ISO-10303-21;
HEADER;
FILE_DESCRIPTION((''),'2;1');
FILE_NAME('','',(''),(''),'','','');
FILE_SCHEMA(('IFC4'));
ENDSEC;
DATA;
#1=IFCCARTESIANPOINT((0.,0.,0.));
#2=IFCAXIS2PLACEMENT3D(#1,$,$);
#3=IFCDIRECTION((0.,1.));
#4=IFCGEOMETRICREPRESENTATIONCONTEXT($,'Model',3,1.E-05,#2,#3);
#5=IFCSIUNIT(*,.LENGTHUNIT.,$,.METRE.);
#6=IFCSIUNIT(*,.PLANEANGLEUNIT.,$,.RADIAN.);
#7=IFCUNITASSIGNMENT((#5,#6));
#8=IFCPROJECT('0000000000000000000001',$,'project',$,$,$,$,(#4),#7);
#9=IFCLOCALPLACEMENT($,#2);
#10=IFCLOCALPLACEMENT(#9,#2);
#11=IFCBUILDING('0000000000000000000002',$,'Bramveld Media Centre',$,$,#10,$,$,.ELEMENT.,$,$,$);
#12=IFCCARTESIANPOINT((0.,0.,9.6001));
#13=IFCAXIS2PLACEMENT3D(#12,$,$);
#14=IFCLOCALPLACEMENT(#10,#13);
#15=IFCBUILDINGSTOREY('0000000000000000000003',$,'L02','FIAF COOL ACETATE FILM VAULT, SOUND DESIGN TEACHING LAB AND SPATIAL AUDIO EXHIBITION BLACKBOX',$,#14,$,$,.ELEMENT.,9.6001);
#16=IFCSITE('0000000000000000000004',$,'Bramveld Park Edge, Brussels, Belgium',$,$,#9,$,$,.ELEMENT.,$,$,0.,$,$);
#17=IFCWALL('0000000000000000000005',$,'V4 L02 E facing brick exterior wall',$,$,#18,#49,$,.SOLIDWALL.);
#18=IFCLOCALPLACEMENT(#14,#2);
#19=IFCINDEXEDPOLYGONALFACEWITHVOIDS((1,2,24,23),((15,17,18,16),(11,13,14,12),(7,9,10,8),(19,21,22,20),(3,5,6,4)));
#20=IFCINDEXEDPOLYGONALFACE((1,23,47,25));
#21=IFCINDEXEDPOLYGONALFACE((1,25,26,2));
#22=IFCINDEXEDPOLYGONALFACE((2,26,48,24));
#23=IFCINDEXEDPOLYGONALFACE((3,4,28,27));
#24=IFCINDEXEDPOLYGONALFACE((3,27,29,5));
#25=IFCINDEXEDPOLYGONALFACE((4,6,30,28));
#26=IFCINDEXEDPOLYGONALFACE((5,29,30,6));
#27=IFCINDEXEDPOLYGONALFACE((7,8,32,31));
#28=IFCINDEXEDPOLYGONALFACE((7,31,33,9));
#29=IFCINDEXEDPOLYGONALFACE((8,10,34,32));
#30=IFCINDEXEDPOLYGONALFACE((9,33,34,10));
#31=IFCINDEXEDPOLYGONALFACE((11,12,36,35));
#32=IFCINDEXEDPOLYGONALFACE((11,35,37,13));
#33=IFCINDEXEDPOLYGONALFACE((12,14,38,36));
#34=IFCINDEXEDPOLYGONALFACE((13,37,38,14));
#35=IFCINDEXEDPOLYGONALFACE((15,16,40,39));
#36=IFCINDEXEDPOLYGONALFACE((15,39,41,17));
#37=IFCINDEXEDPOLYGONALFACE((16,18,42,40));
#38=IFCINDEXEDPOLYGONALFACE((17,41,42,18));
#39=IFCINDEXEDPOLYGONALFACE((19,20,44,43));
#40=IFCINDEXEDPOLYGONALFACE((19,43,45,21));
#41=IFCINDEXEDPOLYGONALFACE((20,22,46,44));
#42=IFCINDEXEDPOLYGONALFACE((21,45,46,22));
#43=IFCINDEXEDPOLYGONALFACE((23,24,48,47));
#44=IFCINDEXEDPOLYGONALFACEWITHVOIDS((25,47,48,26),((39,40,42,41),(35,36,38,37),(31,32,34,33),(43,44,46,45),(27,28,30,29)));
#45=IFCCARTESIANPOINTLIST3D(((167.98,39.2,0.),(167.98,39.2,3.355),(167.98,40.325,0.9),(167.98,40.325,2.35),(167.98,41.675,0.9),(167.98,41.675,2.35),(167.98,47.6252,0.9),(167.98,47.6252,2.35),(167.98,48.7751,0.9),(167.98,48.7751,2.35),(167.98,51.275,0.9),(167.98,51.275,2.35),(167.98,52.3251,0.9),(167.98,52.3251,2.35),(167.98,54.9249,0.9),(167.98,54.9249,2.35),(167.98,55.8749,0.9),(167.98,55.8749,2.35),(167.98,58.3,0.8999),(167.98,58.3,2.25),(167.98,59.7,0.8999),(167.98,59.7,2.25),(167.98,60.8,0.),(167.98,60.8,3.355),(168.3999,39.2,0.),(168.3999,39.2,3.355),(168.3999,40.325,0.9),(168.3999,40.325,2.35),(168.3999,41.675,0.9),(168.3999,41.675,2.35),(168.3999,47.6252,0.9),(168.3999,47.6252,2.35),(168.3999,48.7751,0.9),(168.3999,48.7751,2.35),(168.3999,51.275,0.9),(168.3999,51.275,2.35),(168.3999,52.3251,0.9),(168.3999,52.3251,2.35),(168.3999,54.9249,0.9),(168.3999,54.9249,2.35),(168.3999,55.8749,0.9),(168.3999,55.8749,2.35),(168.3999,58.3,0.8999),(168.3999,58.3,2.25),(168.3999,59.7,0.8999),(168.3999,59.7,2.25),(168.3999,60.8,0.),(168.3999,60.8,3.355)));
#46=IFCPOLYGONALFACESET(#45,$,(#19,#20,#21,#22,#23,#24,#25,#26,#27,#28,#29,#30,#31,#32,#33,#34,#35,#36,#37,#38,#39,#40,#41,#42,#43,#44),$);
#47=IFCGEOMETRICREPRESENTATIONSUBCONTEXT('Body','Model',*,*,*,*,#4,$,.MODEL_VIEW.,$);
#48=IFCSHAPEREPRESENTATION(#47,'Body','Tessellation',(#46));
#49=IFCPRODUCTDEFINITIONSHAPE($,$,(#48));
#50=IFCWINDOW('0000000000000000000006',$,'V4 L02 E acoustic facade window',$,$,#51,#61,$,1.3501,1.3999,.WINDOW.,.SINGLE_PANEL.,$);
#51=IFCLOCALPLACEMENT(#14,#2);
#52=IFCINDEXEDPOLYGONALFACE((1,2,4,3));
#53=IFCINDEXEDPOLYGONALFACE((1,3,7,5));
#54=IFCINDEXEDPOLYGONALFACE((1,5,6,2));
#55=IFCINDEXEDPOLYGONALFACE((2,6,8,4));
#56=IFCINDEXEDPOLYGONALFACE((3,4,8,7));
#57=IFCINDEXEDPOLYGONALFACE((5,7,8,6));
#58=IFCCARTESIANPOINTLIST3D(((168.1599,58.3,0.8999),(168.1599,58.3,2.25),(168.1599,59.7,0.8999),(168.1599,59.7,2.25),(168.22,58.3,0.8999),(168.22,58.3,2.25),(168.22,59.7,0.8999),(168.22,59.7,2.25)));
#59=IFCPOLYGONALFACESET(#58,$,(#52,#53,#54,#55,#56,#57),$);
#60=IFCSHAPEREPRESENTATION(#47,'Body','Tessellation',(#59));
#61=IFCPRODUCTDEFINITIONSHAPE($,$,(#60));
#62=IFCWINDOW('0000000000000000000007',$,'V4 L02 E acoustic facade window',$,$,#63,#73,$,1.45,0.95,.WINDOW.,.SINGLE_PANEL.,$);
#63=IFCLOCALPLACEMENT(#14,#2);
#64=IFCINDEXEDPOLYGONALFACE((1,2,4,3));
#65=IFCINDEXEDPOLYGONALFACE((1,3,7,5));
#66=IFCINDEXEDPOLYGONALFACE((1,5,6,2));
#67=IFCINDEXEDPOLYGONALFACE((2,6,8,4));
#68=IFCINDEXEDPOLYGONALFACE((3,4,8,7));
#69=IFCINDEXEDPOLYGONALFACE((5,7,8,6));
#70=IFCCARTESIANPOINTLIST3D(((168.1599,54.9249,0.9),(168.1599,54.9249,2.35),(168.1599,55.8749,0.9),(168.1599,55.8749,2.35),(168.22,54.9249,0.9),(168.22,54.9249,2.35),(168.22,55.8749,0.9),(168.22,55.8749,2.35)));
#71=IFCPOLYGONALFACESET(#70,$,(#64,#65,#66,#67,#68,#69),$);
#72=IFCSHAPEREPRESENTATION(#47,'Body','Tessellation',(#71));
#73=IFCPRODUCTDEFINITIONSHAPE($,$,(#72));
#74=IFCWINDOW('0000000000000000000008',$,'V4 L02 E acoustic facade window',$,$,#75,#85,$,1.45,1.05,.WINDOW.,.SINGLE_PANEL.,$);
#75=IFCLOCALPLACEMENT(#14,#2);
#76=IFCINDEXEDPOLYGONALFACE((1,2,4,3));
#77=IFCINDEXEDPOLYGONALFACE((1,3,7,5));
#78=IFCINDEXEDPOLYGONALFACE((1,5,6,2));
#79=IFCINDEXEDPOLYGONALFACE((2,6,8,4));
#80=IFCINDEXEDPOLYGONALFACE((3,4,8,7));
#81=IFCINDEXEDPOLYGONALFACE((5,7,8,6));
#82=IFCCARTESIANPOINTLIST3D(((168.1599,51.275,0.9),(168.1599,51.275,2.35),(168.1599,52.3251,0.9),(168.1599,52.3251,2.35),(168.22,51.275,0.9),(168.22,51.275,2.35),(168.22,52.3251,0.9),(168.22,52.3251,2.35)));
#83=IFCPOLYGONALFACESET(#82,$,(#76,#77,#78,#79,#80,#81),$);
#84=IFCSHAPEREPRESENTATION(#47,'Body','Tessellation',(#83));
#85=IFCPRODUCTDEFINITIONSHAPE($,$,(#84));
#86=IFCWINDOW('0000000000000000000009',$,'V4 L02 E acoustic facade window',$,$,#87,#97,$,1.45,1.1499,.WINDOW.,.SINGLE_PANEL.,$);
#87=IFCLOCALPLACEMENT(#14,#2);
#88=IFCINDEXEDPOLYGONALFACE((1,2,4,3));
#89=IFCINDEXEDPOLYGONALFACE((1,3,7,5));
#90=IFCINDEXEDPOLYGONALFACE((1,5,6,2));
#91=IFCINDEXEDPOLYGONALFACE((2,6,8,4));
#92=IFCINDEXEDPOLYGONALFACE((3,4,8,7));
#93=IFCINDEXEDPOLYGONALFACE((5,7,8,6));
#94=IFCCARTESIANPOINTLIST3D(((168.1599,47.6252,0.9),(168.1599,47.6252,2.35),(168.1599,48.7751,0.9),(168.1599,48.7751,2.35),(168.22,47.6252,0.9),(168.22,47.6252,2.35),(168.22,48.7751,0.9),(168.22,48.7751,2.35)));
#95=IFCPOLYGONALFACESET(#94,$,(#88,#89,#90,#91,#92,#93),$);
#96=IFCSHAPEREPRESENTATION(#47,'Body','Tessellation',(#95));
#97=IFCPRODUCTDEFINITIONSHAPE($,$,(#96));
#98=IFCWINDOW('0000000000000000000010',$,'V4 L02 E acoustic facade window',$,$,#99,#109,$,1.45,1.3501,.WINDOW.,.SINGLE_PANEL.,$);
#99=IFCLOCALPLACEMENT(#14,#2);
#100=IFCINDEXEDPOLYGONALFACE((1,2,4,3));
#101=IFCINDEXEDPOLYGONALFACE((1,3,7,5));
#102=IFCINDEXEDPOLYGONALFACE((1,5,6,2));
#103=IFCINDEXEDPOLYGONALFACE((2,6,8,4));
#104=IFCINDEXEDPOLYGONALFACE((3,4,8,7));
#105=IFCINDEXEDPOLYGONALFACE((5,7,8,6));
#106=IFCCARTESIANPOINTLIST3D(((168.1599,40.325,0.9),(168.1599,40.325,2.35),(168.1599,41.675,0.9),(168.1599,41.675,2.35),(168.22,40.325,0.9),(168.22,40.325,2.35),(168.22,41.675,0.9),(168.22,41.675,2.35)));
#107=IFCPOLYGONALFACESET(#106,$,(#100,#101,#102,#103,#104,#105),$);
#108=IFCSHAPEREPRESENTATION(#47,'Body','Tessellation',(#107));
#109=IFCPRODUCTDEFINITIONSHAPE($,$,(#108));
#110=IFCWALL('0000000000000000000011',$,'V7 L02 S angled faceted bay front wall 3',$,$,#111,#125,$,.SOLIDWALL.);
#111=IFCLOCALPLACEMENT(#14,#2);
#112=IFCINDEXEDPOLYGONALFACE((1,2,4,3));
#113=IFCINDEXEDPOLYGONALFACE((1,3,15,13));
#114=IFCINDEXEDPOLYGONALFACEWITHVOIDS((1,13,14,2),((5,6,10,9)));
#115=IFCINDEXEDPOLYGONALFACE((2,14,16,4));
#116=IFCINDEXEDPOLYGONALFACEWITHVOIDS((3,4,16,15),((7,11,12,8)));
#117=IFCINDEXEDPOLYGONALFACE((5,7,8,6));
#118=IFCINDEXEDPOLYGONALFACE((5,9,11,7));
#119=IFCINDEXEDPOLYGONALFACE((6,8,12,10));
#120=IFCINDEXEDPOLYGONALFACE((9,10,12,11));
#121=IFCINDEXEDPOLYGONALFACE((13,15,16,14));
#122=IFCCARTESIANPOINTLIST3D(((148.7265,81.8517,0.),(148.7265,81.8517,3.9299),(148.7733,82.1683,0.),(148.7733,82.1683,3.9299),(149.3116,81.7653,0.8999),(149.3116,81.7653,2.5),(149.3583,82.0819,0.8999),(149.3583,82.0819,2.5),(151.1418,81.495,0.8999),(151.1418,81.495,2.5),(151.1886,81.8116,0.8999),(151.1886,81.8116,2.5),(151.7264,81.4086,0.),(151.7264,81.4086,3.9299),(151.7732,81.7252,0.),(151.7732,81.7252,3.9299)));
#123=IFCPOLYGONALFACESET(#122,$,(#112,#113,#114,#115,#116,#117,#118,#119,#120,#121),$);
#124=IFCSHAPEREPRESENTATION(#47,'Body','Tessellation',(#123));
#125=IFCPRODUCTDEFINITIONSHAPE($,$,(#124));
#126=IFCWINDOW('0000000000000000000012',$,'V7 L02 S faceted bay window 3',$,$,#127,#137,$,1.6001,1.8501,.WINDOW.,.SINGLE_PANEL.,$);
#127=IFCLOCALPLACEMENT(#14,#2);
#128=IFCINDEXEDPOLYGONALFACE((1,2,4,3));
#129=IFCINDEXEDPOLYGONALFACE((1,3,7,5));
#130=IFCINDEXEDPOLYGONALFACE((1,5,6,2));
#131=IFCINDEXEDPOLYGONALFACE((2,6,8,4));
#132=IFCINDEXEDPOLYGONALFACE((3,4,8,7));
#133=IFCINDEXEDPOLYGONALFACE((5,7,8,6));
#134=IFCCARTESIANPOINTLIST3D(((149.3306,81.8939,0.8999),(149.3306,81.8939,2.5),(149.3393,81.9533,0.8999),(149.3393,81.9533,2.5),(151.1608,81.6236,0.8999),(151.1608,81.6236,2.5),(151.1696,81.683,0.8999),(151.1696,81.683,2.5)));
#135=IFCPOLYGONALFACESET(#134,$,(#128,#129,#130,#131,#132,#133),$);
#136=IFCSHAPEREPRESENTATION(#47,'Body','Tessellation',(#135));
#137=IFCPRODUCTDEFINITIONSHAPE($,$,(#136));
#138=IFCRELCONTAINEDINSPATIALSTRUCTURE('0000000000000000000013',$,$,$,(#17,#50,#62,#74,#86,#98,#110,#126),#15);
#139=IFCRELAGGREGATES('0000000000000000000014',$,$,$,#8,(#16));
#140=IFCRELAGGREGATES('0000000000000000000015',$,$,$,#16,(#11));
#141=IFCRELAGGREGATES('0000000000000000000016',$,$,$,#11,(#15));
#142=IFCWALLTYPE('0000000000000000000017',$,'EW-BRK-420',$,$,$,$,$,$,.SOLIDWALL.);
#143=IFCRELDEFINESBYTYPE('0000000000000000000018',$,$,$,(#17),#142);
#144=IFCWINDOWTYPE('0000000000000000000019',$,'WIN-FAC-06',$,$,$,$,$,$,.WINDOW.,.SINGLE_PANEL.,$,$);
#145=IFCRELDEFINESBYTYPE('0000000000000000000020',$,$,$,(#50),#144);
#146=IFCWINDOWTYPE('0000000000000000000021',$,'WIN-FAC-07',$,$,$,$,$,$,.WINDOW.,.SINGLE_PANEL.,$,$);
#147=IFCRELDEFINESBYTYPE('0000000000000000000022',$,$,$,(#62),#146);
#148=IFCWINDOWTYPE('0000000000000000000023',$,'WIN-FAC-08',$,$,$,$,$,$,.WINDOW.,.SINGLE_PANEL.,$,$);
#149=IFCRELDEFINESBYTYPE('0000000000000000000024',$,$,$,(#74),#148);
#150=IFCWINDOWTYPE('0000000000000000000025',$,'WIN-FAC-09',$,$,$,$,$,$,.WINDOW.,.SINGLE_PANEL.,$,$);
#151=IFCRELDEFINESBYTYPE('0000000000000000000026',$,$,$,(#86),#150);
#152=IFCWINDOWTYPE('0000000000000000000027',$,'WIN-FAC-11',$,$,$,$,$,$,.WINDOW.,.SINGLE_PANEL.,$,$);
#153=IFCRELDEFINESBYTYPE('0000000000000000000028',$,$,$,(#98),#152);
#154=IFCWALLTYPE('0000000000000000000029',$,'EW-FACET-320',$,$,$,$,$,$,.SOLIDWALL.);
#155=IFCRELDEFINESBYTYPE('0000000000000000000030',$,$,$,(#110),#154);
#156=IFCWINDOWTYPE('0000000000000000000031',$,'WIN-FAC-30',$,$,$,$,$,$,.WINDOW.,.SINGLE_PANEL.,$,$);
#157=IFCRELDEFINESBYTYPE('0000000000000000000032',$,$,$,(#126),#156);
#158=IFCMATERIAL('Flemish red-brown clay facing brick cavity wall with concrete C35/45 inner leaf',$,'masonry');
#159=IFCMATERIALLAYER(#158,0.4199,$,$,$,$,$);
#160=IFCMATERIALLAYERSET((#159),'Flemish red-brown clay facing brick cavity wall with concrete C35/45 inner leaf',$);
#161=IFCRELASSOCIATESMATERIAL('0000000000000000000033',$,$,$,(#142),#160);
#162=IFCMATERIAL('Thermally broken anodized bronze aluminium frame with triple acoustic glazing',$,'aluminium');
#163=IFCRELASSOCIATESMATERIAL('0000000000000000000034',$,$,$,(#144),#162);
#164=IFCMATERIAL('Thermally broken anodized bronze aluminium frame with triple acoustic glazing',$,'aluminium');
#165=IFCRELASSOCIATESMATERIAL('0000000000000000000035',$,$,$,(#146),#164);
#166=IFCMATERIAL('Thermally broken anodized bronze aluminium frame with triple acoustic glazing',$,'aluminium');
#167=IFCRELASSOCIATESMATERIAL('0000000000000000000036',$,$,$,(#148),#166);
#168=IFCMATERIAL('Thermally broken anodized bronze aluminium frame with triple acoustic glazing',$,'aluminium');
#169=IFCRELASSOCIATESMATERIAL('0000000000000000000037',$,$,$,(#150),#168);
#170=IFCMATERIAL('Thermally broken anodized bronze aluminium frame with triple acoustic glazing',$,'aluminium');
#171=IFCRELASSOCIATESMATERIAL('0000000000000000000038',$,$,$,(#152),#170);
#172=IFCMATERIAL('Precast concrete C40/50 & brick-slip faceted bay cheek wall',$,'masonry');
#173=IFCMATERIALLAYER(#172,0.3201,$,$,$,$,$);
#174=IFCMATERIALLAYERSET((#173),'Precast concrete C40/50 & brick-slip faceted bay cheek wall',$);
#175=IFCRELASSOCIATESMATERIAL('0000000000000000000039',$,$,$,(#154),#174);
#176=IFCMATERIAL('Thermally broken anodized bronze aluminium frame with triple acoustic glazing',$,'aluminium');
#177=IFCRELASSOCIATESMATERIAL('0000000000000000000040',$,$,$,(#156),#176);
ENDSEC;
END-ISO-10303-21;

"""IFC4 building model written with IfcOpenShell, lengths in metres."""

from ifc_helpers import new_model, si_unit, direction, frame, frame_2d, origin, place, context, subcontext, project, spatial, rectangle, extrude, material, layer, layer_set, type_object, element, fill, save


model = new_model("IFC4")

# Units and contexts
model_context = context("Model", 3, precision=1e-05, world=origin(), true_north=direction((0.0, 1.0)))
body_context = subcontext(model_context, "Body", "Model", "MODEL_VIEW")
ifc_project = project(units=[si_unit("LENGTHUNIT", "METRE"), si_unit("PLANEANGLEUNIT", "RADIAN")], contexts=[model_context])

# Site, building, storey
site_placement = place(None, origin())
site = spatial("IfcSite", under=ifc_project, at=site_placement, Name="Bramveld Park Edge, Brussels, Belgium", CompositionType="ELEMENT", RefElevation=0.0)
building_placement = place(site_placement, origin())
building = spatial("IfcBuilding", under=site, at=building_placement, Name="Bramveld Media Centre", CompositionType="ELEMENT")
storey_placement = place(building_placement, frame((0.0, 0.0, 9.6001)))
storey = spatial("IfcBuildingStorey", under=building, at=storey_placement, Name="L02", Description="FIAF COOL ACETATE FILM VAULT, SOUND DESIGN TEACHING LAB AND SPATIAL AUDIO EXHIBITION BLACKBOX", CompositionType="ELEMENT", Elevation=9.6001)

# Wall, openings, windows
ifc_material_1 = material(Name="Flemish red-brown clay facing brick cavity wall with concrete C35/45 inner leaf", Category="masonry")
ifc_layer_1 = layer(ifc_material_1, 0.4199)
ifc_layer_set_1 = layer_set([ifc_layer_1], Name="Flemish red-brown clay facing brick cavity wall with concrete C35/45 inner leaf")
wall_type_1 = type_object("IfcWallType", Name="EW-BRK-420", PredefinedType="SOLIDWALL", material=ifc_layer_set_1)
wall_1_placement = place(storey_placement, frame((168.1899, 60.8, 0.0), z_axis=(0.0, 0.0, 1.0), x_axis=(0.0, -1.0, 0.0)))
wall_1 = element("IfcWall", 1, at=wall_1_placement, inside=storey, type_object=wall_type_1, Name="V4 L02 E facing brick exterior wall", PredefinedType="SOLIDWALL", context=body_context, shape_type="SweptSolid", body=[
    extrude(rectangle(XDim=21.6001, YDim=0.4199, at=frame_2d((10.8, 0.0))), origin(), (0.0, 0.0, 1.0), 3.355),
])
opening_1_placement = place(wall_1_placement, frame((1.1001, 0.0, 0.8999)))
opening_1 = element("IfcOpeningElement", 2, at=opening_1_placement, cuts=wall_1, PredefinedType="OPENING", context=body_context, shape_type="SweptSolid", body=[
    extrude(rectangle(XDim=1.3999, YDim=1.3501, at=frame_2d((0.7, 0.675))), frame((0.0, 0.2219, 0.0), z_axis=(0.0, -1.0, 0.0), x_axis=(1.0, 0.0, 0.0)), (0.0, 0.0, 1.0), 0.4438),
])
opening_2_placement = place(wall_1_placement, frame((4.925, 0.0, 0.8999)))
opening_2 = element("IfcOpeningElement", 3, at=opening_2_placement, cuts=wall_1, PredefinedType="OPENING", context=body_context, shape_type="SweptSolid", body=[
    extrude(rectangle(XDim=0.95, YDim=1.45, at=frame_2d((0.4751, 0.7251))), frame((0.0, 0.2219, 0.0), z_axis=(0.0, -1.0, 0.0), x_axis=(1.0, 0.0, 0.0)), (0.0, 0.0, 1.0), 0.4438),
])
opening_3_placement = place(wall_1_placement, frame((8.4751, 0.0, 0.8999)))
opening_3 = element("IfcOpeningElement", 4, at=opening_3_placement, cuts=wall_1, PredefinedType="OPENING", context=body_context, shape_type="SweptSolid", body=[
    extrude(rectangle(XDim=1.05, YDim=1.45, at=frame_2d((0.5249, 0.7251))), frame((0.0, 0.2219, 0.0), z_axis=(0.0, -1.0, 0.0), x_axis=(1.0, 0.0, 0.0)), (0.0, 0.0, 1.0), 0.4438),
])
opening_4_placement = place(wall_1_placement, frame((12.0249, 0.0, 0.8999)))
opening_4 = element("IfcOpeningElement", 5, at=opening_4_placement, cuts=wall_1, PredefinedType="OPENING", context=body_context, shape_type="SweptSolid", body=[
    extrude(rectangle(XDim=1.1499, YDim=1.45, at=frame_2d((0.575, 0.7251))), frame((0.0, 0.2219, 0.0), z_axis=(0.0, -1.0, 0.0), x_axis=(1.0, 0.0, 0.0)), (0.0, 0.0, 1.0), 0.4438),
])
opening_5_placement = place(wall_1_placement, frame((19.125, 0.0, 0.8999)))
opening_5 = element("IfcOpeningElement", 6, at=opening_5_placement, cuts=wall_1, PredefinedType="OPENING", context=body_context, shape_type="SweptSolid", body=[
    extrude(rectangle(XDim=1.3501, YDim=1.45, at=frame_2d((0.675, 0.7251))), frame((0.0, 0.2219, 0.0), z_axis=(0.0, -1.0, 0.0), x_axis=(1.0, 0.0, 0.0)), (0.0, 0.0, 1.0), 0.4438),
])
ifc_material_2 = material(Name="Thermally broken anodized bronze aluminium frame with triple acoustic glazing", Category="aluminium")
window_type_1 = type_object("IfcWindowType", Name="WIN-FAC-06", PartitioningType="SINGLE_PANEL", PredefinedType="WINDOW", material=ifc_material_2)
window_1_placement = place(opening_1_placement, origin())
window_1 = element("IfcWindow", 7, at=window_1_placement, inside=storey, type_object=window_type_1, Name="V4 L02 E acoustic facade window", OverallHeight=1.3501, OverallWidth=1.3999, PartitioningType="SINGLE_PANEL", PredefinedType="WINDOW", context=body_context, shape_type="SweptSolid", body=[
    extrude(rectangle(XDim=1.3999, YDim=1.3501, at=frame_2d((0.7, 0.675))), frame((0.0, 0.03, 0.0), z_axis=(0.0, -1.0, 0.0), x_axis=(1.0, 0.0, 0.0)), (0.0, 0.0, 1.0), 0.0601),
])
fill(opening_1, window_1)
ifc_material_3 = material(Name="Thermally broken anodized bronze aluminium frame with triple acoustic glazing", Category="aluminium")
window_type_2 = type_object("IfcWindowType", Name="WIN-FAC-07", PartitioningType="SINGLE_PANEL", PredefinedType="WINDOW", material=ifc_material_3)
window_2_placement = place(opening_2_placement, origin())
window_2 = element("IfcWindow", 8, at=window_2_placement, inside=storey, type_object=window_type_2, Name="V4 L02 E acoustic facade window", OverallHeight=1.45, OverallWidth=0.95, PartitioningType="SINGLE_PANEL", PredefinedType="WINDOW", context=body_context, shape_type="SweptSolid", body=[
    extrude(rectangle(XDim=0.95, YDim=1.45, at=frame_2d((0.4751, 0.7251))), frame((0.0, 0.03, 0.0), z_axis=(0.0, -1.0, 0.0), x_axis=(1.0, 0.0, 0.0)), (0.0, 0.0, 1.0), 0.0601),
])
fill(opening_2, window_2)
ifc_material_4 = material(Name="Thermally broken anodized bronze aluminium frame with triple acoustic glazing", Category="aluminium")
window_type_3 = type_object("IfcWindowType", Name="WIN-FAC-08", PartitioningType="SINGLE_PANEL", PredefinedType="WINDOW", material=ifc_material_4)
window_3_placement = place(opening_3_placement, origin())
window_3 = element("IfcWindow", 9, at=window_3_placement, inside=storey, type_object=window_type_3, Name="V4 L02 E acoustic facade window", OverallHeight=1.45, OverallWidth=1.05, PartitioningType="SINGLE_PANEL", PredefinedType="WINDOW", context=body_context, shape_type="SweptSolid", body=[
    extrude(rectangle(XDim=1.05, YDim=1.45, at=frame_2d((0.5249, 0.7251))), frame((0.0, 0.03, 0.0), z_axis=(0.0, -1.0, 0.0), x_axis=(1.0, 0.0, 0.0)), (0.0, 0.0, 1.0), 0.0601),
])
fill(opening_3, window_3)
ifc_material_5 = material(Name="Thermally broken anodized bronze aluminium frame with triple acoustic glazing", Category="aluminium")
window_type_4 = type_object("IfcWindowType", Name="WIN-FAC-09", PartitioningType="SINGLE_PANEL", PredefinedType="WINDOW", material=ifc_material_5)
window_4_placement = place(opening_4_placement, origin())
window_4 = element("IfcWindow", 10, at=window_4_placement, inside=storey, type_object=window_type_4, Name="V4 L02 E acoustic facade window", OverallHeight=1.45, OverallWidth=1.1499, PartitioningType="SINGLE_PANEL", PredefinedType="WINDOW", context=body_context, shape_type="SweptSolid", body=[
    extrude(rectangle(XDim=1.1499, YDim=1.45, at=frame_2d((0.575, 0.7251))), frame((0.0, 0.03, 0.0), z_axis=(0.0, -1.0, 0.0), x_axis=(1.0, 0.0, 0.0)), (0.0, 0.0, 1.0), 0.0601),
])
fill(opening_4, window_4)
ifc_material_6 = material(Name="Thermally broken anodized bronze aluminium frame with triple acoustic glazing", Category="aluminium")
window_type_5 = type_object("IfcWindowType", Name="WIN-FAC-11", PartitioningType="SINGLE_PANEL", PredefinedType="WINDOW", material=ifc_material_6)
window_5_placement = place(opening_5_placement, origin())
window_5 = element("IfcWindow", 11, at=window_5_placement, inside=storey, type_object=window_type_5, Name="V4 L02 E acoustic facade window", OverallHeight=1.45, OverallWidth=1.3501, PartitioningType="SINGLE_PANEL", PredefinedType="WINDOW", context=body_context, shape_type="SweptSolid", body=[
    extrude(rectangle(XDim=1.3501, YDim=1.45, at=frame_2d((0.675, 0.7251))), frame((0.0, 0.03, 0.0), z_axis=(0.0, -1.0, 0.0), x_axis=(1.0, 0.0, 0.0)), (0.0, 0.0, 1.0), 0.0601),
])
fill(opening_5, window_5)

# Wall, opening, window
ifc_material_7 = material(Name="Precast concrete C40/50 & brick-slip faceted bay cheek wall", Category="masonry")
ifc_layer_2 = layer(ifc_material_7, 0.3201)
ifc_layer_set_2 = layer_set([ifc_layer_2], Name="Precast concrete C40/50 & brick-slip faceted bay cheek wall")
wall_type_2 = type_object("IfcWallType", Name="EW-FACET-320", PredefinedType="SOLIDWALL", material=ifc_layer_set_2)
wall_2_placement = place(storey_placement, frame((148.75, 82.01, 0.0), z_axis=(0.0, 0.0, 1.0), x_axis=(0.989267, -0.14612, 0.0)))
wall_2 = element("IfcWall", 12, at=wall_2_placement, inside=storey, type_object=wall_type_2, Name="V7 L02 S angled faceted bay front wall 3", PredefinedType="SOLIDWALL", context=body_context, shape_type="SweptSolid", body=[
    extrude(rectangle(XDim=3.0325, YDim=0.3201, at=frame_2d((1.5161, 0.0))), origin(), (0.0, 0.0, 1.0), 3.9299),
])
opening_6_placement = place(wall_2_placement, frame((0.5913, 0.0, 0.8999)))
opening_6 = element("IfcOpeningElement", 13, at=opening_6_placement, cuts=wall_2, PredefinedType="OPENING", context=body_context, shape_type="SweptSolid", body=[
    extrude(rectangle(XDim=1.8501, YDim=1.6001, at=frame_2d((0.925, 0.8))), frame((0.0, 0.1719, 0.0), z_axis=(0.0, -1.0, 0.0), x_axis=(1.0, 0.0, 0.0)), (0.0, 0.0, 1.0), 0.344),
])
ifc_material_8 = material(Name="Thermally broken anodized bronze aluminium frame with triple acoustic glazing", Category="aluminium")
window_type_6 = type_object("IfcWindowType", Name="WIN-FAC-30", PartitioningType="SINGLE_PANEL", PredefinedType="WINDOW", material=ifc_material_8)
window_6_placement = place(opening_6_placement, origin())
window_6 = element("IfcWindow", 14, at=window_6_placement, inside=storey, type_object=window_type_6, Name="V7 L02 S faceted bay window 3", OverallHeight=1.6001, OverallWidth=1.8501, PartitioningType="SINGLE_PANEL", PredefinedType="WINDOW", context=body_context, shape_type="SweptSolid", body=[
    extrude(rectangle(XDim=1.8501, YDim=1.6001, at=frame_2d((0.925, 0.8))), frame((0.0, 0.03, 0.0), z_axis=(0.0, -1.0, 0.0), x_axis=(1.0, 0.0, 0.0)), (0.0, 0.0, 1.0), 0.0601),
])
fill(opening_6, window_6)

save(model, "model.ifc")
